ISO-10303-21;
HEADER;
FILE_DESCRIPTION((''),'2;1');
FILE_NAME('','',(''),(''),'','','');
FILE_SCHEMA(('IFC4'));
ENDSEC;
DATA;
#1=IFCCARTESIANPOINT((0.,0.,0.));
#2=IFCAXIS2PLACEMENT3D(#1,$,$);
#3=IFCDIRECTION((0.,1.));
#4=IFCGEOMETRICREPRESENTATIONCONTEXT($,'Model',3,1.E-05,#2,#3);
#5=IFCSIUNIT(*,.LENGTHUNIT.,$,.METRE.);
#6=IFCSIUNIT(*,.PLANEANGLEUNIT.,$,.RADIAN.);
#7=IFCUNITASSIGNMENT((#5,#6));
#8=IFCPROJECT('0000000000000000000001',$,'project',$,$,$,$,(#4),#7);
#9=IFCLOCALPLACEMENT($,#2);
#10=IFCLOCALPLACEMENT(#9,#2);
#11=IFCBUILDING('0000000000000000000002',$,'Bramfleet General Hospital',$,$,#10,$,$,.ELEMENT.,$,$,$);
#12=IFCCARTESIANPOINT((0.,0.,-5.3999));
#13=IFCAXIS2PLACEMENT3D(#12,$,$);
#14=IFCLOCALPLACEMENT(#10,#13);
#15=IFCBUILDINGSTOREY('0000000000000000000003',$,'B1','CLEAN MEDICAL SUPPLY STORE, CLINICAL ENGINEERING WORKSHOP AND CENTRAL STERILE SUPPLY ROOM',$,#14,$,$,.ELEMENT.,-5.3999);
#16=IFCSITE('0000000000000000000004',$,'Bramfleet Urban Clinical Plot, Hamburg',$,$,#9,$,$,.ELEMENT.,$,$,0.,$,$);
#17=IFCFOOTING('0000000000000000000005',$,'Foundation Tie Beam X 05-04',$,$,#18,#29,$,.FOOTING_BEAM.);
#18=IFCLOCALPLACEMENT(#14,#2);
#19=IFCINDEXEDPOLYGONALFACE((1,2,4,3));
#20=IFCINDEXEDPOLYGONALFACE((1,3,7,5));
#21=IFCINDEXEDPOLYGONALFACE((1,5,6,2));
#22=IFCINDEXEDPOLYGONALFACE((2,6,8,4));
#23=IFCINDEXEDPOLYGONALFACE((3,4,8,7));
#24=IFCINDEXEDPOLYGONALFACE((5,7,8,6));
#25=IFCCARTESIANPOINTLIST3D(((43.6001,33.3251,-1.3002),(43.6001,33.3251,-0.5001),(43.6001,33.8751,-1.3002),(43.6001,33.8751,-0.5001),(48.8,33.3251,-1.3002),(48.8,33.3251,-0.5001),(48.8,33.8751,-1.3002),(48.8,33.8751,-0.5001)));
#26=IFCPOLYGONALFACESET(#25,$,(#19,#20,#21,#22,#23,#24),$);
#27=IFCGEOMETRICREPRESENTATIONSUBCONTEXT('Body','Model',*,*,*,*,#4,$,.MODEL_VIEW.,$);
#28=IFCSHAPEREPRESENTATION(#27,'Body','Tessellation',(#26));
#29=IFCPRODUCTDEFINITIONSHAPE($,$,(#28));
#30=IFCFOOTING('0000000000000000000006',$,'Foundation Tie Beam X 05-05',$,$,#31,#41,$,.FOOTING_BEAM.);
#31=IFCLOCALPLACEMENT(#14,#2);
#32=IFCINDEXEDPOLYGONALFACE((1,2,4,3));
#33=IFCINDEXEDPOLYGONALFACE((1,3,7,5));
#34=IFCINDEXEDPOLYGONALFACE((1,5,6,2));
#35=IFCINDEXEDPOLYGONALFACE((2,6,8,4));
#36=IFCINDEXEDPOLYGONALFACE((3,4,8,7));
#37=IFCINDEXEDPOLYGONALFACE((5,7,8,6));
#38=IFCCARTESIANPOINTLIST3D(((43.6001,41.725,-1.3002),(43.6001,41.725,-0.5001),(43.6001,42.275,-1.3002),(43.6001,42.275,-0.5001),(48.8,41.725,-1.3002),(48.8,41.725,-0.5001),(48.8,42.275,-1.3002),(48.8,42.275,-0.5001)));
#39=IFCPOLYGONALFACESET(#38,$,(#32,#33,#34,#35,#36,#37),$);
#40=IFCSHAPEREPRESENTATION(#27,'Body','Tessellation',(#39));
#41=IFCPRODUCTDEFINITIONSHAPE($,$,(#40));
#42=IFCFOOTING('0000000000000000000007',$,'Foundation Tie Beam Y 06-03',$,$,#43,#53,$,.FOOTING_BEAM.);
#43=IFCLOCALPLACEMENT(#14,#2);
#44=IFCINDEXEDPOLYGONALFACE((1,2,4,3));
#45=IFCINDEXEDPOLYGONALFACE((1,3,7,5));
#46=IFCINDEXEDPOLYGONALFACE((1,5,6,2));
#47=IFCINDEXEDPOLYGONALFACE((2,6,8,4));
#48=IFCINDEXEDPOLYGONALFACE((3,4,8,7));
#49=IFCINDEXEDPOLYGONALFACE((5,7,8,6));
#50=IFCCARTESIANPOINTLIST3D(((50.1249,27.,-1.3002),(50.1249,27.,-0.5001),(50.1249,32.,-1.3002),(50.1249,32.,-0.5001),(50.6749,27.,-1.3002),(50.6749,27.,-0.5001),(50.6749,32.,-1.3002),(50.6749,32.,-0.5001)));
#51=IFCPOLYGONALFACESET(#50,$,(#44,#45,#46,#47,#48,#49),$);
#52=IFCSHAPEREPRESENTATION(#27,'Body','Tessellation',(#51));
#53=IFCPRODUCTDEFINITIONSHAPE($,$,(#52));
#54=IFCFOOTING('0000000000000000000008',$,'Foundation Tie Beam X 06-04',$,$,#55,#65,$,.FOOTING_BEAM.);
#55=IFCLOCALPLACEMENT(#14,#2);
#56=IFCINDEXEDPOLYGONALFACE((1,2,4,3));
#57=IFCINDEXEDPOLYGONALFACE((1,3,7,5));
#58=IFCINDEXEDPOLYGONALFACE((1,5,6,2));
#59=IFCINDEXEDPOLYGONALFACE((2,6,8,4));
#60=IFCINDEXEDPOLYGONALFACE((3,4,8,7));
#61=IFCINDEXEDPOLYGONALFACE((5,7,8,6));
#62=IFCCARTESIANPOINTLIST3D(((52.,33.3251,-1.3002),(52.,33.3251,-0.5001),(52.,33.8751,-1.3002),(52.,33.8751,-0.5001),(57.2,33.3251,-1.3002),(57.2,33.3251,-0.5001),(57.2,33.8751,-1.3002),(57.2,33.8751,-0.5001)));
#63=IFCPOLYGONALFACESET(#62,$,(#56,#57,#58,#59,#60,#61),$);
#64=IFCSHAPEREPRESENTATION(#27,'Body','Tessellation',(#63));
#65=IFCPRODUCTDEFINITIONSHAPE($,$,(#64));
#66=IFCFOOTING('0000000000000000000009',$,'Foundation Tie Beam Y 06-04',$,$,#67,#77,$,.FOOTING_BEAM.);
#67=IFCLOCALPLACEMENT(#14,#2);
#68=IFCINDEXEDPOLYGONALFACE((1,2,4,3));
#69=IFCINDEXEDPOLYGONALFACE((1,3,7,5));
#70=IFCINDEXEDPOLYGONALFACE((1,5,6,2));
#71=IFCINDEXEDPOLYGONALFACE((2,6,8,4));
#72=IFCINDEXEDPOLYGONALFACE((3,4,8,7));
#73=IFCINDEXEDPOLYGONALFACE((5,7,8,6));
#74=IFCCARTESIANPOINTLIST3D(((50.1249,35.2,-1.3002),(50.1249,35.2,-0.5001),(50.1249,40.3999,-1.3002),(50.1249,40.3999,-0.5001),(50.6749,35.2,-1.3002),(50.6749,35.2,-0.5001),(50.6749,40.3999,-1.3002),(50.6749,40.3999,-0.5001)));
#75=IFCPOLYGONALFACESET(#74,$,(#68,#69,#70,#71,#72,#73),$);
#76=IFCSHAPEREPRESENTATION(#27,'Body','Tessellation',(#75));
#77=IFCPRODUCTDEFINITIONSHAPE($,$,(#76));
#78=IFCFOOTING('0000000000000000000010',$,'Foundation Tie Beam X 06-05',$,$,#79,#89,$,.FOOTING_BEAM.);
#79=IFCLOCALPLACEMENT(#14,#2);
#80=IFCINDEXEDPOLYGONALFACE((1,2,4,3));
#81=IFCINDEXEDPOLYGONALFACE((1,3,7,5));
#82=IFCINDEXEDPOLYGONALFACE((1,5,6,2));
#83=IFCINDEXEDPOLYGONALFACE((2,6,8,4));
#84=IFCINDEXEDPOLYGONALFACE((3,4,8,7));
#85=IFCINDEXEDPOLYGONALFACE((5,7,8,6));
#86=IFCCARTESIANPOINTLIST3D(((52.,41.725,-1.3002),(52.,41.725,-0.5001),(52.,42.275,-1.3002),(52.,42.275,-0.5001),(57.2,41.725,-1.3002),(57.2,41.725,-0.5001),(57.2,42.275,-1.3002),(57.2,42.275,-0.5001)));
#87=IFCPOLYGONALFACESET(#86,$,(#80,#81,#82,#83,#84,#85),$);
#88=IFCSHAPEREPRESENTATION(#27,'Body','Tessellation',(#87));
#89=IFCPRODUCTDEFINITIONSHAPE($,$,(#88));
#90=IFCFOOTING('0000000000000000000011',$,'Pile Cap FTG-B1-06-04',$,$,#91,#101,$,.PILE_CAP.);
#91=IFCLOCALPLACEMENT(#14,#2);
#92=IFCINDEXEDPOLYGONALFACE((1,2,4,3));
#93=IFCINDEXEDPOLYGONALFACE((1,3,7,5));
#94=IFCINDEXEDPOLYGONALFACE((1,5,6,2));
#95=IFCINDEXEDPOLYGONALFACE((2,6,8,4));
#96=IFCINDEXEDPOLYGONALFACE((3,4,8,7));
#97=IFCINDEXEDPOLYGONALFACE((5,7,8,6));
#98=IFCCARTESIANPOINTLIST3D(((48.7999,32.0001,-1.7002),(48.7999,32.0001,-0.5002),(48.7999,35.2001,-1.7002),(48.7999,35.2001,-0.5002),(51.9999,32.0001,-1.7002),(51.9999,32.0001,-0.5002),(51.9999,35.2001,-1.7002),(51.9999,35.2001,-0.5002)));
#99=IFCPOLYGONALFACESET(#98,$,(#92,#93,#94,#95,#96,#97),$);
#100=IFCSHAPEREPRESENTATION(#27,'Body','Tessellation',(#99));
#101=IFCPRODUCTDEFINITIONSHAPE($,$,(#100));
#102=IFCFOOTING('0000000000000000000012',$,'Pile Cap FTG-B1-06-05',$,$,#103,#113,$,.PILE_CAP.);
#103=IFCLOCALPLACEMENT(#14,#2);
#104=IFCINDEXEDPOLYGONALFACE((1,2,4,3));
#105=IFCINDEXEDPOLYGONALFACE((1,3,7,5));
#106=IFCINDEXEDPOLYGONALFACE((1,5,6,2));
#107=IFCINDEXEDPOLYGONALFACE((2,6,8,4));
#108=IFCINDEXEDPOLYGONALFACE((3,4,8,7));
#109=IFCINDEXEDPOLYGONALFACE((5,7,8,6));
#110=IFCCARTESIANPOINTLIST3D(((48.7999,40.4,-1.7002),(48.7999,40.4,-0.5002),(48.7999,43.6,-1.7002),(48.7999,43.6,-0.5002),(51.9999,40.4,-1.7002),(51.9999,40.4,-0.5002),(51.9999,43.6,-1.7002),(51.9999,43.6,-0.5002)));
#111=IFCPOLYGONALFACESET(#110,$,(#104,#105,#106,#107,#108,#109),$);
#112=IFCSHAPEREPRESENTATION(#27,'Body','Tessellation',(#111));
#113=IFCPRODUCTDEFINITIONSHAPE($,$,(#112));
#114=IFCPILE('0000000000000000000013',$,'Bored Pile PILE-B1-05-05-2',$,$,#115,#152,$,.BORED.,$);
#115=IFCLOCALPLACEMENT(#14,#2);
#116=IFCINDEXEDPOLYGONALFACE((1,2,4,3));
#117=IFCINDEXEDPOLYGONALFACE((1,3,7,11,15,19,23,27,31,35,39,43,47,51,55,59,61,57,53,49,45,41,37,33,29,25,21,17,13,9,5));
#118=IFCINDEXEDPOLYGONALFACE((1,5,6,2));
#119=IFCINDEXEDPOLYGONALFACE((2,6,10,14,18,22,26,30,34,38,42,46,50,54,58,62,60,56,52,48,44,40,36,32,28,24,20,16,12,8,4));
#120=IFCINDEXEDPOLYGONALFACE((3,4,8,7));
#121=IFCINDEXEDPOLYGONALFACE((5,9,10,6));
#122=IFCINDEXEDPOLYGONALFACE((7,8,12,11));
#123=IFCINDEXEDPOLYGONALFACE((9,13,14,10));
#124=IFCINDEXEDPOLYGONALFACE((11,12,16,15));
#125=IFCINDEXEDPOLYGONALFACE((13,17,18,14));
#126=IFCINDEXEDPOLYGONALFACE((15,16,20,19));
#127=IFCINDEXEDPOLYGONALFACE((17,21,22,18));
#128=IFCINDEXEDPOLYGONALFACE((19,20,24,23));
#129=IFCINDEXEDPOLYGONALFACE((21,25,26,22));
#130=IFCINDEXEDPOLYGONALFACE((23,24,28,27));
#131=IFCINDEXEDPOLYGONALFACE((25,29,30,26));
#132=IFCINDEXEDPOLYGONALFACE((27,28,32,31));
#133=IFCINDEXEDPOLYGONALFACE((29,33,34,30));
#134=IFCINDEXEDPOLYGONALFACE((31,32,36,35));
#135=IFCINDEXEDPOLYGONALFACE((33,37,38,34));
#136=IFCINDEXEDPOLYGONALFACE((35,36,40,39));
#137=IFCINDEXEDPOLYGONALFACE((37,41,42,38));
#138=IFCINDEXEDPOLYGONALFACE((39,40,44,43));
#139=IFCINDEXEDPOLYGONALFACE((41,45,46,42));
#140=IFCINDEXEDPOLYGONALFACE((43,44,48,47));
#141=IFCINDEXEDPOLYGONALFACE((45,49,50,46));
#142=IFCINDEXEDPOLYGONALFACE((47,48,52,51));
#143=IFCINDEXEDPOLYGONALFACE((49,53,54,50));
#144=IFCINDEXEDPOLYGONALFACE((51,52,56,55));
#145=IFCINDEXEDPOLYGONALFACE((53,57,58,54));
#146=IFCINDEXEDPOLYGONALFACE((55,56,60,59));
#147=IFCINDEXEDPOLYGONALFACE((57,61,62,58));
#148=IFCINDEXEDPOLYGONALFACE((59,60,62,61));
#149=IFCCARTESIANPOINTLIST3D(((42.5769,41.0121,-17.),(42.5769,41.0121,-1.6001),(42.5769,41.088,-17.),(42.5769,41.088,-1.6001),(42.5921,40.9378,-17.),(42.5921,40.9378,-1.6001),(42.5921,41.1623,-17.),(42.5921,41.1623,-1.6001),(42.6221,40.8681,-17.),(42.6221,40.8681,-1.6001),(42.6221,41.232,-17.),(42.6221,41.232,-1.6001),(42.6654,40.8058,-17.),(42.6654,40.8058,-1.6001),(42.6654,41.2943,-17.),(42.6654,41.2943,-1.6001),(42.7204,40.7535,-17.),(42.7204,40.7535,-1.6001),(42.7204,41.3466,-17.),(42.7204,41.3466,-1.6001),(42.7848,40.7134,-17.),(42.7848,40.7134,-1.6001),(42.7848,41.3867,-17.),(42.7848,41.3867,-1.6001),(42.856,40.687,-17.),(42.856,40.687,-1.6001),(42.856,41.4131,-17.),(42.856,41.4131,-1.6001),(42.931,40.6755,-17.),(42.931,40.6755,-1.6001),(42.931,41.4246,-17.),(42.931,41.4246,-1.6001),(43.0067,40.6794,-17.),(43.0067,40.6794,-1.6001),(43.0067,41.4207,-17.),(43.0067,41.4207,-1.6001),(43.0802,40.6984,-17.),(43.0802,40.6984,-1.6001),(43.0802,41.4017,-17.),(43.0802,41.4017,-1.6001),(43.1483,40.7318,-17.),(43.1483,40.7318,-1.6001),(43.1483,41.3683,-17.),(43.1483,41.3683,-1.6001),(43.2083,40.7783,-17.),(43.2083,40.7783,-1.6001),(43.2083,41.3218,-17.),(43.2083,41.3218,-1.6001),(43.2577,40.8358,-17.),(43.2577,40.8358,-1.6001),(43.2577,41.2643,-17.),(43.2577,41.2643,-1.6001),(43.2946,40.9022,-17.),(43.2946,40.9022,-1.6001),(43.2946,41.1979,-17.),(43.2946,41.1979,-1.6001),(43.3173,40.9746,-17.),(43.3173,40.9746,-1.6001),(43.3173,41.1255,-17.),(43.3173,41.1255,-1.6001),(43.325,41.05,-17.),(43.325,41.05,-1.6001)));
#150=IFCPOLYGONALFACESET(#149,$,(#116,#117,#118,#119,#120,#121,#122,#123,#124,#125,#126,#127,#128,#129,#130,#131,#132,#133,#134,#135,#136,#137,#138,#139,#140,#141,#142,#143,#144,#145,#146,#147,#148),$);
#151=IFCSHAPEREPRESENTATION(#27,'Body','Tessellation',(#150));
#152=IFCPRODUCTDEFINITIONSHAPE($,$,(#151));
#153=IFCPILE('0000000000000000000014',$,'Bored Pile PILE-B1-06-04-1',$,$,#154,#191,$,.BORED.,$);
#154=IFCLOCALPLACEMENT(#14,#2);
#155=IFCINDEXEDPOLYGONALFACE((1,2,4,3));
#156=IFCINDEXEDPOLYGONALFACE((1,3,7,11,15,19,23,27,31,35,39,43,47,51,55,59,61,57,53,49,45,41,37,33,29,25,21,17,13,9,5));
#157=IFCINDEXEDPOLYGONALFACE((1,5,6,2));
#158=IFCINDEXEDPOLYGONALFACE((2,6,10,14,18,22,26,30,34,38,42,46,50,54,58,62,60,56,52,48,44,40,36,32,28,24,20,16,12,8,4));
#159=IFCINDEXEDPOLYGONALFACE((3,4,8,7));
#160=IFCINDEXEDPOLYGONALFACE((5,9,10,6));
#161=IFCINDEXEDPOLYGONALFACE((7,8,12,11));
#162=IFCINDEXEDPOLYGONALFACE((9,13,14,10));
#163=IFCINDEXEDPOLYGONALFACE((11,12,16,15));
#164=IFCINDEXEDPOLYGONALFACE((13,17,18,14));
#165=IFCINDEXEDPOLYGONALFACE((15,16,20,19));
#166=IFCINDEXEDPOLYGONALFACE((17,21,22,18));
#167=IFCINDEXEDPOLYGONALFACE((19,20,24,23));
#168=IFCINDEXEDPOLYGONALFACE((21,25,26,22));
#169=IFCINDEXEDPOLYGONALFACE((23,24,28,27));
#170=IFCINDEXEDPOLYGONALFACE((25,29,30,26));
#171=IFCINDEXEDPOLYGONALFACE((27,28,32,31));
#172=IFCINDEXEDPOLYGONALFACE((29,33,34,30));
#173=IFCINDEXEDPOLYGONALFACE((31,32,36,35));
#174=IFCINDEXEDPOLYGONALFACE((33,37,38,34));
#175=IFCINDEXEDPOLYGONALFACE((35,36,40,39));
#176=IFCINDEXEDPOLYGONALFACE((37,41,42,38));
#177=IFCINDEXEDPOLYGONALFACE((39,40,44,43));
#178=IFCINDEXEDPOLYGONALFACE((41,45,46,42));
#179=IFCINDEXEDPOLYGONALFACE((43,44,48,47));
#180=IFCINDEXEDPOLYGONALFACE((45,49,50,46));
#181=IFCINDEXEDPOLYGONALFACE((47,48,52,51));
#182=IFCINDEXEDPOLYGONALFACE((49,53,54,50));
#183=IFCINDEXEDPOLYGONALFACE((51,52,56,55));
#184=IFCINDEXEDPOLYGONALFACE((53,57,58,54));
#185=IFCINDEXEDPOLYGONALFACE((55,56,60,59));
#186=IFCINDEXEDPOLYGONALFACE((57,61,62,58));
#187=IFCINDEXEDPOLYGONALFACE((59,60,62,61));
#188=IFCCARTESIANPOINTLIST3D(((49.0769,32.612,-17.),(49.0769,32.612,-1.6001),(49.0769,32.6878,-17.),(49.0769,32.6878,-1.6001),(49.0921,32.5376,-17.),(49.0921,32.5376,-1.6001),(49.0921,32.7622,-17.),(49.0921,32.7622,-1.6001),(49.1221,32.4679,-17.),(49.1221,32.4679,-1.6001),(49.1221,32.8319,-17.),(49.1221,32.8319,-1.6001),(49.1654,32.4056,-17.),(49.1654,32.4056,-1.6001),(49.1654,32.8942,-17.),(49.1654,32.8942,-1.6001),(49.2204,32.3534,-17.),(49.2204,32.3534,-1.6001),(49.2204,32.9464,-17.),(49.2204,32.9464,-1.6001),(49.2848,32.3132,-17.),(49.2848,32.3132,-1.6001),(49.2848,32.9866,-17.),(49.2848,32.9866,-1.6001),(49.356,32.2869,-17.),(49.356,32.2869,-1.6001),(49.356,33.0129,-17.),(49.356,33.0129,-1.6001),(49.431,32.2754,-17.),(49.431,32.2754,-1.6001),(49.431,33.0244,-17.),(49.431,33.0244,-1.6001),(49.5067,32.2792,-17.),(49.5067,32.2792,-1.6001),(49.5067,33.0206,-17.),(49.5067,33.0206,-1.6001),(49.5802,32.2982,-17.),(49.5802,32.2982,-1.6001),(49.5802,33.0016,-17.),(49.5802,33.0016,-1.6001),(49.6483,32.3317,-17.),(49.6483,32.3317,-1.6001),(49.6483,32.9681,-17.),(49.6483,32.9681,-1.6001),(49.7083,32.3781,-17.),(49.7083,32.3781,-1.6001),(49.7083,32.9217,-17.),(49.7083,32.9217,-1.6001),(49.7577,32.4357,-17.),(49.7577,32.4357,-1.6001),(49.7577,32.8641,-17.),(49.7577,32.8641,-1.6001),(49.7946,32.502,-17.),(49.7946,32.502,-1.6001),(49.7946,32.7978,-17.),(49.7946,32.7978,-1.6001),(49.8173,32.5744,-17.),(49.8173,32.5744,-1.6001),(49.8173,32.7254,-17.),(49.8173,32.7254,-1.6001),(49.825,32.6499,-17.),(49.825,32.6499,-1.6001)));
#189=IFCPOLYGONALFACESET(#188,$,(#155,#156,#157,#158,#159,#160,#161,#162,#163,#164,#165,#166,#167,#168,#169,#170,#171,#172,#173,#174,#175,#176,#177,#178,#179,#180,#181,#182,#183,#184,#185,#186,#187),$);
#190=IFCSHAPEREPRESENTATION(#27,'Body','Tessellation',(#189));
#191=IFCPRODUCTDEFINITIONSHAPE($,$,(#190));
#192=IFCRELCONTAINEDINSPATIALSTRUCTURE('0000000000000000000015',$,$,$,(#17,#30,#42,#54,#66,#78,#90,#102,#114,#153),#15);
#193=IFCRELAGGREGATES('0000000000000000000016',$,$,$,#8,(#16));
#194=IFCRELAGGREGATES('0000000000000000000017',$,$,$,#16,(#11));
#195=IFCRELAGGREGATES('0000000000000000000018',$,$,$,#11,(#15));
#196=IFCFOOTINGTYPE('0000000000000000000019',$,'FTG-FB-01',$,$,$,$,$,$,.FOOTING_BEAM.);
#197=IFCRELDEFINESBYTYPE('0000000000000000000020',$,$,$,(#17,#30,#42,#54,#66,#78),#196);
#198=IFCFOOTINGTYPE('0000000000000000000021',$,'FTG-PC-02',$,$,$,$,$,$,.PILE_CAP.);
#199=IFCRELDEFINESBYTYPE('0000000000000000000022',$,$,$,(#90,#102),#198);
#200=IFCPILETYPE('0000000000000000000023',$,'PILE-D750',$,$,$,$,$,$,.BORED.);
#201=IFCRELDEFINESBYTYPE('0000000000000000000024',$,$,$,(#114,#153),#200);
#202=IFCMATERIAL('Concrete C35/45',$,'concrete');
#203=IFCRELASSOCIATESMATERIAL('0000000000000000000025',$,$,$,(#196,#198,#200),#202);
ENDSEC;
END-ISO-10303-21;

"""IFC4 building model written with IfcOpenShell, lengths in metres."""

from ifc_helpers import new_model, si_unit, direction, frame, origin, origin_2d, place, context, subcontext, project, spatial, rectangle, circle, extrude, material, material_profile, profile_set, type_object, element, save


model = new_model("IFC4")

# Units and contexts
model_context = context("Model", 3, precision=1e-05, world=origin(), true_north=direction((0.0, 1.0)))
body_context = subcontext(model_context, "Body", "Model", "MODEL_VIEW")
ifc_project = project(units=[si_unit("LENGTHUNIT", "METRE"), si_unit("PLANEANGLEUNIT", "RADIAN")], contexts=[model_context])

# Site, building, storey
site_placement = place(None, origin())
site = spatial("IfcSite", under=ifc_project, at=site_placement, Name="Bramfleet Urban Clinical Plot, Hamburg", CompositionType="ELEMENT", RefElevation=0.0)
building_placement = place(site_placement, origin())
building = spatial("IfcBuilding", under=site, at=building_placement, Name="Bramfleet General Hospital", CompositionType="ELEMENT")
storey_placement = place(building_placement, frame((0.0, 0.0, -5.3999)))
storey = spatial("IfcBuildingStorey", under=building, at=storey_placement, Name="B1", Description="CLEAN MEDICAL SUPPLY STORE, CLINICAL ENGINEERING WORKSHOP AND CENTRAL STERILE SUPPLY ROOM", CompositionType="ELEMENT", Elevation=-5.3999)

# Footings
ifc_material_1 = material(Name="Concrete C35/45", Category="concrete")
ifc_material_profile_1 = material_profile(ifc_material_1, rectangle(XDim=0.55, YDim=0.8, at=origin_2d()), Name="RC FB 800x550")
ifc_profile_set_1 = profile_set([ifc_material_profile_1], Name="Concrete C35/45")
footing_type_1 = type_object("IfcFootingType", Name="FTG-FB-01", PredefinedType="FOOTING_BEAM", material=ifc_profile_set_1)
for number, where, z_axis, x_axis, name in (
    (1, (43.6001, 33.6001, -0.9001), (1.0, 0.0, 0.0), (0.0, 1.0, 0.0), "Foundation Tie Beam X 05-04"),
    (2, (43.6001, 42.0, -0.9001), (1.0, 0.0, 0.0), (0.0, 1.0, 0.0), "Foundation Tie Beam X 05-05"),
):
    element("IfcFooting", number, at=place(storey_placement, frame(where, z_axis=z_axis, x_axis=x_axis)), inside=storey, type_object=footing_type_1, Name=name, PredefinedType="FOOTING_BEAM", context=body_context, shape_type="SweptSolid", body=[
        extrude(rectangle(XDim=0.55, YDim=0.8, at=origin_2d()), origin(), (0.0, 0.0, 1.0), 5.2),
    ])
footing_placement = place(storey_placement, frame((50.3999, 27.0, -0.9001), z_axis=(0.0, 1.0, 0.0), x_axis=(-1.0, 0.0, 0.0)))
element("IfcFooting", 3, at=footing_placement, inside=storey, type_object=footing_type_1, Name="Foundation Tie Beam Y 06-03", PredefinedType="FOOTING_BEAM", context=body_context, shape_type="SweptSolid", body=[
    extrude(rectangle(XDim=0.55, YDim=0.8, at=origin_2d()), origin(), (0.0, 0.0, 1.0), 5.0),
])
for number, where, z_axis, x_axis, name in (
    (4, (52.0, 33.6001, -0.9001), (1.0, 0.0, 0.0), (0.0, 1.0, 0.0), "Foundation Tie Beam X 06-04"),
    (5, (50.3999, 35.2, -0.9001), (0.0, 1.0, 0.0), (-1.0, 0.0, 0.0), "Foundation Tie Beam Y 06-04"),
    (6, (52.0, 42.0, -0.9001), (1.0, 0.0, 0.0), (0.0, 1.0, 0.0), "Foundation Tie Beam X 06-05"),
):
    element("IfcFooting", number, at=place(storey_placement, frame(where, z_axis=z_axis, x_axis=x_axis)), inside=storey, type_object=footing_type_1, Name=name, PredefinedType="FOOTING_BEAM", context=body_context, shape_type="SweptSolid", body=[
        extrude(rectangle(XDim=0.55, YDim=0.8, at=origin_2d()), origin(), (0.0, 0.0, 1.0), 5.2),
    ])
footing_type_2 = type_object("IfcFootingType", Name="FTG-PC-02", PredefinedType="PILE_CAP", material=ifc_material_1)
for number, where, z_axis, x_axis, name in (
    (7, (50.3999, 33.6001, -1.7002), (0.0, 0.0, 1.0), (1.0, 0.0, 0.0), "Pile Cap FTG-B1-06-04"),
    (8, (50.3999, 42.0, -1.7002), (0.0, 0.0, 1.0), (1.0, 0.0, 0.0), "Pile Cap FTG-B1-06-05"),
):
    element("IfcFooting", number, at=place(storey_placement, frame(where, z_axis=z_axis, x_axis=x_axis)), inside=storey, type_object=footing_type_2, Name=name, PredefinedType="PILE_CAP", context=body_context, shape_type="SweptSolid", body=[
        extrude(rectangle(XDim=3.2, YDim=3.2, at=origin_2d()), origin(), (0.0, 0.0, 1.0), 1.2),
    ])

# Piles
ifc_material_profile_2 = material_profile(ifc_material_1, circle(Radius=0.375, at=origin_2d()), Name="PILE BORED D750")
ifc_profile_set_2 = profile_set([ifc_material_profile_2], Name="Concrete C35/45")
pile_type_1 = type_object("IfcPileType", Name="PILE-D750", PredefinedType="BORED", material=ifc_profile_set_2)
for number, where, z_axis, x_axis, name in (
    (9, (42.95, 41.05, -1.6001), (0.0, 0.0, -1.0), (1.0, 0.0, 0.0), "Bored Pile PILE-B1-05-05-2"),
    (10, (49.45, 32.6499, -1.6001), (0.0, 0.0, -1.0), (1.0, 0.0, 0.0), "Bored Pile PILE-B1-06-04-1"),
):
    element("IfcPile", number, at=place(storey_placement, frame(where, z_axis=z_axis, x_axis=x_axis)), inside=storey, type_object=pile_type_1, Name=name, PredefinedType="BORED", context=body_context, shape_type="SweptSolid", body=[
        extrude(circle(Radius=0.375, at=origin_2d()), origin(), (0.0, 0.0, 1.0), 15.3999),
    ])

save(model, "model.ifc")
